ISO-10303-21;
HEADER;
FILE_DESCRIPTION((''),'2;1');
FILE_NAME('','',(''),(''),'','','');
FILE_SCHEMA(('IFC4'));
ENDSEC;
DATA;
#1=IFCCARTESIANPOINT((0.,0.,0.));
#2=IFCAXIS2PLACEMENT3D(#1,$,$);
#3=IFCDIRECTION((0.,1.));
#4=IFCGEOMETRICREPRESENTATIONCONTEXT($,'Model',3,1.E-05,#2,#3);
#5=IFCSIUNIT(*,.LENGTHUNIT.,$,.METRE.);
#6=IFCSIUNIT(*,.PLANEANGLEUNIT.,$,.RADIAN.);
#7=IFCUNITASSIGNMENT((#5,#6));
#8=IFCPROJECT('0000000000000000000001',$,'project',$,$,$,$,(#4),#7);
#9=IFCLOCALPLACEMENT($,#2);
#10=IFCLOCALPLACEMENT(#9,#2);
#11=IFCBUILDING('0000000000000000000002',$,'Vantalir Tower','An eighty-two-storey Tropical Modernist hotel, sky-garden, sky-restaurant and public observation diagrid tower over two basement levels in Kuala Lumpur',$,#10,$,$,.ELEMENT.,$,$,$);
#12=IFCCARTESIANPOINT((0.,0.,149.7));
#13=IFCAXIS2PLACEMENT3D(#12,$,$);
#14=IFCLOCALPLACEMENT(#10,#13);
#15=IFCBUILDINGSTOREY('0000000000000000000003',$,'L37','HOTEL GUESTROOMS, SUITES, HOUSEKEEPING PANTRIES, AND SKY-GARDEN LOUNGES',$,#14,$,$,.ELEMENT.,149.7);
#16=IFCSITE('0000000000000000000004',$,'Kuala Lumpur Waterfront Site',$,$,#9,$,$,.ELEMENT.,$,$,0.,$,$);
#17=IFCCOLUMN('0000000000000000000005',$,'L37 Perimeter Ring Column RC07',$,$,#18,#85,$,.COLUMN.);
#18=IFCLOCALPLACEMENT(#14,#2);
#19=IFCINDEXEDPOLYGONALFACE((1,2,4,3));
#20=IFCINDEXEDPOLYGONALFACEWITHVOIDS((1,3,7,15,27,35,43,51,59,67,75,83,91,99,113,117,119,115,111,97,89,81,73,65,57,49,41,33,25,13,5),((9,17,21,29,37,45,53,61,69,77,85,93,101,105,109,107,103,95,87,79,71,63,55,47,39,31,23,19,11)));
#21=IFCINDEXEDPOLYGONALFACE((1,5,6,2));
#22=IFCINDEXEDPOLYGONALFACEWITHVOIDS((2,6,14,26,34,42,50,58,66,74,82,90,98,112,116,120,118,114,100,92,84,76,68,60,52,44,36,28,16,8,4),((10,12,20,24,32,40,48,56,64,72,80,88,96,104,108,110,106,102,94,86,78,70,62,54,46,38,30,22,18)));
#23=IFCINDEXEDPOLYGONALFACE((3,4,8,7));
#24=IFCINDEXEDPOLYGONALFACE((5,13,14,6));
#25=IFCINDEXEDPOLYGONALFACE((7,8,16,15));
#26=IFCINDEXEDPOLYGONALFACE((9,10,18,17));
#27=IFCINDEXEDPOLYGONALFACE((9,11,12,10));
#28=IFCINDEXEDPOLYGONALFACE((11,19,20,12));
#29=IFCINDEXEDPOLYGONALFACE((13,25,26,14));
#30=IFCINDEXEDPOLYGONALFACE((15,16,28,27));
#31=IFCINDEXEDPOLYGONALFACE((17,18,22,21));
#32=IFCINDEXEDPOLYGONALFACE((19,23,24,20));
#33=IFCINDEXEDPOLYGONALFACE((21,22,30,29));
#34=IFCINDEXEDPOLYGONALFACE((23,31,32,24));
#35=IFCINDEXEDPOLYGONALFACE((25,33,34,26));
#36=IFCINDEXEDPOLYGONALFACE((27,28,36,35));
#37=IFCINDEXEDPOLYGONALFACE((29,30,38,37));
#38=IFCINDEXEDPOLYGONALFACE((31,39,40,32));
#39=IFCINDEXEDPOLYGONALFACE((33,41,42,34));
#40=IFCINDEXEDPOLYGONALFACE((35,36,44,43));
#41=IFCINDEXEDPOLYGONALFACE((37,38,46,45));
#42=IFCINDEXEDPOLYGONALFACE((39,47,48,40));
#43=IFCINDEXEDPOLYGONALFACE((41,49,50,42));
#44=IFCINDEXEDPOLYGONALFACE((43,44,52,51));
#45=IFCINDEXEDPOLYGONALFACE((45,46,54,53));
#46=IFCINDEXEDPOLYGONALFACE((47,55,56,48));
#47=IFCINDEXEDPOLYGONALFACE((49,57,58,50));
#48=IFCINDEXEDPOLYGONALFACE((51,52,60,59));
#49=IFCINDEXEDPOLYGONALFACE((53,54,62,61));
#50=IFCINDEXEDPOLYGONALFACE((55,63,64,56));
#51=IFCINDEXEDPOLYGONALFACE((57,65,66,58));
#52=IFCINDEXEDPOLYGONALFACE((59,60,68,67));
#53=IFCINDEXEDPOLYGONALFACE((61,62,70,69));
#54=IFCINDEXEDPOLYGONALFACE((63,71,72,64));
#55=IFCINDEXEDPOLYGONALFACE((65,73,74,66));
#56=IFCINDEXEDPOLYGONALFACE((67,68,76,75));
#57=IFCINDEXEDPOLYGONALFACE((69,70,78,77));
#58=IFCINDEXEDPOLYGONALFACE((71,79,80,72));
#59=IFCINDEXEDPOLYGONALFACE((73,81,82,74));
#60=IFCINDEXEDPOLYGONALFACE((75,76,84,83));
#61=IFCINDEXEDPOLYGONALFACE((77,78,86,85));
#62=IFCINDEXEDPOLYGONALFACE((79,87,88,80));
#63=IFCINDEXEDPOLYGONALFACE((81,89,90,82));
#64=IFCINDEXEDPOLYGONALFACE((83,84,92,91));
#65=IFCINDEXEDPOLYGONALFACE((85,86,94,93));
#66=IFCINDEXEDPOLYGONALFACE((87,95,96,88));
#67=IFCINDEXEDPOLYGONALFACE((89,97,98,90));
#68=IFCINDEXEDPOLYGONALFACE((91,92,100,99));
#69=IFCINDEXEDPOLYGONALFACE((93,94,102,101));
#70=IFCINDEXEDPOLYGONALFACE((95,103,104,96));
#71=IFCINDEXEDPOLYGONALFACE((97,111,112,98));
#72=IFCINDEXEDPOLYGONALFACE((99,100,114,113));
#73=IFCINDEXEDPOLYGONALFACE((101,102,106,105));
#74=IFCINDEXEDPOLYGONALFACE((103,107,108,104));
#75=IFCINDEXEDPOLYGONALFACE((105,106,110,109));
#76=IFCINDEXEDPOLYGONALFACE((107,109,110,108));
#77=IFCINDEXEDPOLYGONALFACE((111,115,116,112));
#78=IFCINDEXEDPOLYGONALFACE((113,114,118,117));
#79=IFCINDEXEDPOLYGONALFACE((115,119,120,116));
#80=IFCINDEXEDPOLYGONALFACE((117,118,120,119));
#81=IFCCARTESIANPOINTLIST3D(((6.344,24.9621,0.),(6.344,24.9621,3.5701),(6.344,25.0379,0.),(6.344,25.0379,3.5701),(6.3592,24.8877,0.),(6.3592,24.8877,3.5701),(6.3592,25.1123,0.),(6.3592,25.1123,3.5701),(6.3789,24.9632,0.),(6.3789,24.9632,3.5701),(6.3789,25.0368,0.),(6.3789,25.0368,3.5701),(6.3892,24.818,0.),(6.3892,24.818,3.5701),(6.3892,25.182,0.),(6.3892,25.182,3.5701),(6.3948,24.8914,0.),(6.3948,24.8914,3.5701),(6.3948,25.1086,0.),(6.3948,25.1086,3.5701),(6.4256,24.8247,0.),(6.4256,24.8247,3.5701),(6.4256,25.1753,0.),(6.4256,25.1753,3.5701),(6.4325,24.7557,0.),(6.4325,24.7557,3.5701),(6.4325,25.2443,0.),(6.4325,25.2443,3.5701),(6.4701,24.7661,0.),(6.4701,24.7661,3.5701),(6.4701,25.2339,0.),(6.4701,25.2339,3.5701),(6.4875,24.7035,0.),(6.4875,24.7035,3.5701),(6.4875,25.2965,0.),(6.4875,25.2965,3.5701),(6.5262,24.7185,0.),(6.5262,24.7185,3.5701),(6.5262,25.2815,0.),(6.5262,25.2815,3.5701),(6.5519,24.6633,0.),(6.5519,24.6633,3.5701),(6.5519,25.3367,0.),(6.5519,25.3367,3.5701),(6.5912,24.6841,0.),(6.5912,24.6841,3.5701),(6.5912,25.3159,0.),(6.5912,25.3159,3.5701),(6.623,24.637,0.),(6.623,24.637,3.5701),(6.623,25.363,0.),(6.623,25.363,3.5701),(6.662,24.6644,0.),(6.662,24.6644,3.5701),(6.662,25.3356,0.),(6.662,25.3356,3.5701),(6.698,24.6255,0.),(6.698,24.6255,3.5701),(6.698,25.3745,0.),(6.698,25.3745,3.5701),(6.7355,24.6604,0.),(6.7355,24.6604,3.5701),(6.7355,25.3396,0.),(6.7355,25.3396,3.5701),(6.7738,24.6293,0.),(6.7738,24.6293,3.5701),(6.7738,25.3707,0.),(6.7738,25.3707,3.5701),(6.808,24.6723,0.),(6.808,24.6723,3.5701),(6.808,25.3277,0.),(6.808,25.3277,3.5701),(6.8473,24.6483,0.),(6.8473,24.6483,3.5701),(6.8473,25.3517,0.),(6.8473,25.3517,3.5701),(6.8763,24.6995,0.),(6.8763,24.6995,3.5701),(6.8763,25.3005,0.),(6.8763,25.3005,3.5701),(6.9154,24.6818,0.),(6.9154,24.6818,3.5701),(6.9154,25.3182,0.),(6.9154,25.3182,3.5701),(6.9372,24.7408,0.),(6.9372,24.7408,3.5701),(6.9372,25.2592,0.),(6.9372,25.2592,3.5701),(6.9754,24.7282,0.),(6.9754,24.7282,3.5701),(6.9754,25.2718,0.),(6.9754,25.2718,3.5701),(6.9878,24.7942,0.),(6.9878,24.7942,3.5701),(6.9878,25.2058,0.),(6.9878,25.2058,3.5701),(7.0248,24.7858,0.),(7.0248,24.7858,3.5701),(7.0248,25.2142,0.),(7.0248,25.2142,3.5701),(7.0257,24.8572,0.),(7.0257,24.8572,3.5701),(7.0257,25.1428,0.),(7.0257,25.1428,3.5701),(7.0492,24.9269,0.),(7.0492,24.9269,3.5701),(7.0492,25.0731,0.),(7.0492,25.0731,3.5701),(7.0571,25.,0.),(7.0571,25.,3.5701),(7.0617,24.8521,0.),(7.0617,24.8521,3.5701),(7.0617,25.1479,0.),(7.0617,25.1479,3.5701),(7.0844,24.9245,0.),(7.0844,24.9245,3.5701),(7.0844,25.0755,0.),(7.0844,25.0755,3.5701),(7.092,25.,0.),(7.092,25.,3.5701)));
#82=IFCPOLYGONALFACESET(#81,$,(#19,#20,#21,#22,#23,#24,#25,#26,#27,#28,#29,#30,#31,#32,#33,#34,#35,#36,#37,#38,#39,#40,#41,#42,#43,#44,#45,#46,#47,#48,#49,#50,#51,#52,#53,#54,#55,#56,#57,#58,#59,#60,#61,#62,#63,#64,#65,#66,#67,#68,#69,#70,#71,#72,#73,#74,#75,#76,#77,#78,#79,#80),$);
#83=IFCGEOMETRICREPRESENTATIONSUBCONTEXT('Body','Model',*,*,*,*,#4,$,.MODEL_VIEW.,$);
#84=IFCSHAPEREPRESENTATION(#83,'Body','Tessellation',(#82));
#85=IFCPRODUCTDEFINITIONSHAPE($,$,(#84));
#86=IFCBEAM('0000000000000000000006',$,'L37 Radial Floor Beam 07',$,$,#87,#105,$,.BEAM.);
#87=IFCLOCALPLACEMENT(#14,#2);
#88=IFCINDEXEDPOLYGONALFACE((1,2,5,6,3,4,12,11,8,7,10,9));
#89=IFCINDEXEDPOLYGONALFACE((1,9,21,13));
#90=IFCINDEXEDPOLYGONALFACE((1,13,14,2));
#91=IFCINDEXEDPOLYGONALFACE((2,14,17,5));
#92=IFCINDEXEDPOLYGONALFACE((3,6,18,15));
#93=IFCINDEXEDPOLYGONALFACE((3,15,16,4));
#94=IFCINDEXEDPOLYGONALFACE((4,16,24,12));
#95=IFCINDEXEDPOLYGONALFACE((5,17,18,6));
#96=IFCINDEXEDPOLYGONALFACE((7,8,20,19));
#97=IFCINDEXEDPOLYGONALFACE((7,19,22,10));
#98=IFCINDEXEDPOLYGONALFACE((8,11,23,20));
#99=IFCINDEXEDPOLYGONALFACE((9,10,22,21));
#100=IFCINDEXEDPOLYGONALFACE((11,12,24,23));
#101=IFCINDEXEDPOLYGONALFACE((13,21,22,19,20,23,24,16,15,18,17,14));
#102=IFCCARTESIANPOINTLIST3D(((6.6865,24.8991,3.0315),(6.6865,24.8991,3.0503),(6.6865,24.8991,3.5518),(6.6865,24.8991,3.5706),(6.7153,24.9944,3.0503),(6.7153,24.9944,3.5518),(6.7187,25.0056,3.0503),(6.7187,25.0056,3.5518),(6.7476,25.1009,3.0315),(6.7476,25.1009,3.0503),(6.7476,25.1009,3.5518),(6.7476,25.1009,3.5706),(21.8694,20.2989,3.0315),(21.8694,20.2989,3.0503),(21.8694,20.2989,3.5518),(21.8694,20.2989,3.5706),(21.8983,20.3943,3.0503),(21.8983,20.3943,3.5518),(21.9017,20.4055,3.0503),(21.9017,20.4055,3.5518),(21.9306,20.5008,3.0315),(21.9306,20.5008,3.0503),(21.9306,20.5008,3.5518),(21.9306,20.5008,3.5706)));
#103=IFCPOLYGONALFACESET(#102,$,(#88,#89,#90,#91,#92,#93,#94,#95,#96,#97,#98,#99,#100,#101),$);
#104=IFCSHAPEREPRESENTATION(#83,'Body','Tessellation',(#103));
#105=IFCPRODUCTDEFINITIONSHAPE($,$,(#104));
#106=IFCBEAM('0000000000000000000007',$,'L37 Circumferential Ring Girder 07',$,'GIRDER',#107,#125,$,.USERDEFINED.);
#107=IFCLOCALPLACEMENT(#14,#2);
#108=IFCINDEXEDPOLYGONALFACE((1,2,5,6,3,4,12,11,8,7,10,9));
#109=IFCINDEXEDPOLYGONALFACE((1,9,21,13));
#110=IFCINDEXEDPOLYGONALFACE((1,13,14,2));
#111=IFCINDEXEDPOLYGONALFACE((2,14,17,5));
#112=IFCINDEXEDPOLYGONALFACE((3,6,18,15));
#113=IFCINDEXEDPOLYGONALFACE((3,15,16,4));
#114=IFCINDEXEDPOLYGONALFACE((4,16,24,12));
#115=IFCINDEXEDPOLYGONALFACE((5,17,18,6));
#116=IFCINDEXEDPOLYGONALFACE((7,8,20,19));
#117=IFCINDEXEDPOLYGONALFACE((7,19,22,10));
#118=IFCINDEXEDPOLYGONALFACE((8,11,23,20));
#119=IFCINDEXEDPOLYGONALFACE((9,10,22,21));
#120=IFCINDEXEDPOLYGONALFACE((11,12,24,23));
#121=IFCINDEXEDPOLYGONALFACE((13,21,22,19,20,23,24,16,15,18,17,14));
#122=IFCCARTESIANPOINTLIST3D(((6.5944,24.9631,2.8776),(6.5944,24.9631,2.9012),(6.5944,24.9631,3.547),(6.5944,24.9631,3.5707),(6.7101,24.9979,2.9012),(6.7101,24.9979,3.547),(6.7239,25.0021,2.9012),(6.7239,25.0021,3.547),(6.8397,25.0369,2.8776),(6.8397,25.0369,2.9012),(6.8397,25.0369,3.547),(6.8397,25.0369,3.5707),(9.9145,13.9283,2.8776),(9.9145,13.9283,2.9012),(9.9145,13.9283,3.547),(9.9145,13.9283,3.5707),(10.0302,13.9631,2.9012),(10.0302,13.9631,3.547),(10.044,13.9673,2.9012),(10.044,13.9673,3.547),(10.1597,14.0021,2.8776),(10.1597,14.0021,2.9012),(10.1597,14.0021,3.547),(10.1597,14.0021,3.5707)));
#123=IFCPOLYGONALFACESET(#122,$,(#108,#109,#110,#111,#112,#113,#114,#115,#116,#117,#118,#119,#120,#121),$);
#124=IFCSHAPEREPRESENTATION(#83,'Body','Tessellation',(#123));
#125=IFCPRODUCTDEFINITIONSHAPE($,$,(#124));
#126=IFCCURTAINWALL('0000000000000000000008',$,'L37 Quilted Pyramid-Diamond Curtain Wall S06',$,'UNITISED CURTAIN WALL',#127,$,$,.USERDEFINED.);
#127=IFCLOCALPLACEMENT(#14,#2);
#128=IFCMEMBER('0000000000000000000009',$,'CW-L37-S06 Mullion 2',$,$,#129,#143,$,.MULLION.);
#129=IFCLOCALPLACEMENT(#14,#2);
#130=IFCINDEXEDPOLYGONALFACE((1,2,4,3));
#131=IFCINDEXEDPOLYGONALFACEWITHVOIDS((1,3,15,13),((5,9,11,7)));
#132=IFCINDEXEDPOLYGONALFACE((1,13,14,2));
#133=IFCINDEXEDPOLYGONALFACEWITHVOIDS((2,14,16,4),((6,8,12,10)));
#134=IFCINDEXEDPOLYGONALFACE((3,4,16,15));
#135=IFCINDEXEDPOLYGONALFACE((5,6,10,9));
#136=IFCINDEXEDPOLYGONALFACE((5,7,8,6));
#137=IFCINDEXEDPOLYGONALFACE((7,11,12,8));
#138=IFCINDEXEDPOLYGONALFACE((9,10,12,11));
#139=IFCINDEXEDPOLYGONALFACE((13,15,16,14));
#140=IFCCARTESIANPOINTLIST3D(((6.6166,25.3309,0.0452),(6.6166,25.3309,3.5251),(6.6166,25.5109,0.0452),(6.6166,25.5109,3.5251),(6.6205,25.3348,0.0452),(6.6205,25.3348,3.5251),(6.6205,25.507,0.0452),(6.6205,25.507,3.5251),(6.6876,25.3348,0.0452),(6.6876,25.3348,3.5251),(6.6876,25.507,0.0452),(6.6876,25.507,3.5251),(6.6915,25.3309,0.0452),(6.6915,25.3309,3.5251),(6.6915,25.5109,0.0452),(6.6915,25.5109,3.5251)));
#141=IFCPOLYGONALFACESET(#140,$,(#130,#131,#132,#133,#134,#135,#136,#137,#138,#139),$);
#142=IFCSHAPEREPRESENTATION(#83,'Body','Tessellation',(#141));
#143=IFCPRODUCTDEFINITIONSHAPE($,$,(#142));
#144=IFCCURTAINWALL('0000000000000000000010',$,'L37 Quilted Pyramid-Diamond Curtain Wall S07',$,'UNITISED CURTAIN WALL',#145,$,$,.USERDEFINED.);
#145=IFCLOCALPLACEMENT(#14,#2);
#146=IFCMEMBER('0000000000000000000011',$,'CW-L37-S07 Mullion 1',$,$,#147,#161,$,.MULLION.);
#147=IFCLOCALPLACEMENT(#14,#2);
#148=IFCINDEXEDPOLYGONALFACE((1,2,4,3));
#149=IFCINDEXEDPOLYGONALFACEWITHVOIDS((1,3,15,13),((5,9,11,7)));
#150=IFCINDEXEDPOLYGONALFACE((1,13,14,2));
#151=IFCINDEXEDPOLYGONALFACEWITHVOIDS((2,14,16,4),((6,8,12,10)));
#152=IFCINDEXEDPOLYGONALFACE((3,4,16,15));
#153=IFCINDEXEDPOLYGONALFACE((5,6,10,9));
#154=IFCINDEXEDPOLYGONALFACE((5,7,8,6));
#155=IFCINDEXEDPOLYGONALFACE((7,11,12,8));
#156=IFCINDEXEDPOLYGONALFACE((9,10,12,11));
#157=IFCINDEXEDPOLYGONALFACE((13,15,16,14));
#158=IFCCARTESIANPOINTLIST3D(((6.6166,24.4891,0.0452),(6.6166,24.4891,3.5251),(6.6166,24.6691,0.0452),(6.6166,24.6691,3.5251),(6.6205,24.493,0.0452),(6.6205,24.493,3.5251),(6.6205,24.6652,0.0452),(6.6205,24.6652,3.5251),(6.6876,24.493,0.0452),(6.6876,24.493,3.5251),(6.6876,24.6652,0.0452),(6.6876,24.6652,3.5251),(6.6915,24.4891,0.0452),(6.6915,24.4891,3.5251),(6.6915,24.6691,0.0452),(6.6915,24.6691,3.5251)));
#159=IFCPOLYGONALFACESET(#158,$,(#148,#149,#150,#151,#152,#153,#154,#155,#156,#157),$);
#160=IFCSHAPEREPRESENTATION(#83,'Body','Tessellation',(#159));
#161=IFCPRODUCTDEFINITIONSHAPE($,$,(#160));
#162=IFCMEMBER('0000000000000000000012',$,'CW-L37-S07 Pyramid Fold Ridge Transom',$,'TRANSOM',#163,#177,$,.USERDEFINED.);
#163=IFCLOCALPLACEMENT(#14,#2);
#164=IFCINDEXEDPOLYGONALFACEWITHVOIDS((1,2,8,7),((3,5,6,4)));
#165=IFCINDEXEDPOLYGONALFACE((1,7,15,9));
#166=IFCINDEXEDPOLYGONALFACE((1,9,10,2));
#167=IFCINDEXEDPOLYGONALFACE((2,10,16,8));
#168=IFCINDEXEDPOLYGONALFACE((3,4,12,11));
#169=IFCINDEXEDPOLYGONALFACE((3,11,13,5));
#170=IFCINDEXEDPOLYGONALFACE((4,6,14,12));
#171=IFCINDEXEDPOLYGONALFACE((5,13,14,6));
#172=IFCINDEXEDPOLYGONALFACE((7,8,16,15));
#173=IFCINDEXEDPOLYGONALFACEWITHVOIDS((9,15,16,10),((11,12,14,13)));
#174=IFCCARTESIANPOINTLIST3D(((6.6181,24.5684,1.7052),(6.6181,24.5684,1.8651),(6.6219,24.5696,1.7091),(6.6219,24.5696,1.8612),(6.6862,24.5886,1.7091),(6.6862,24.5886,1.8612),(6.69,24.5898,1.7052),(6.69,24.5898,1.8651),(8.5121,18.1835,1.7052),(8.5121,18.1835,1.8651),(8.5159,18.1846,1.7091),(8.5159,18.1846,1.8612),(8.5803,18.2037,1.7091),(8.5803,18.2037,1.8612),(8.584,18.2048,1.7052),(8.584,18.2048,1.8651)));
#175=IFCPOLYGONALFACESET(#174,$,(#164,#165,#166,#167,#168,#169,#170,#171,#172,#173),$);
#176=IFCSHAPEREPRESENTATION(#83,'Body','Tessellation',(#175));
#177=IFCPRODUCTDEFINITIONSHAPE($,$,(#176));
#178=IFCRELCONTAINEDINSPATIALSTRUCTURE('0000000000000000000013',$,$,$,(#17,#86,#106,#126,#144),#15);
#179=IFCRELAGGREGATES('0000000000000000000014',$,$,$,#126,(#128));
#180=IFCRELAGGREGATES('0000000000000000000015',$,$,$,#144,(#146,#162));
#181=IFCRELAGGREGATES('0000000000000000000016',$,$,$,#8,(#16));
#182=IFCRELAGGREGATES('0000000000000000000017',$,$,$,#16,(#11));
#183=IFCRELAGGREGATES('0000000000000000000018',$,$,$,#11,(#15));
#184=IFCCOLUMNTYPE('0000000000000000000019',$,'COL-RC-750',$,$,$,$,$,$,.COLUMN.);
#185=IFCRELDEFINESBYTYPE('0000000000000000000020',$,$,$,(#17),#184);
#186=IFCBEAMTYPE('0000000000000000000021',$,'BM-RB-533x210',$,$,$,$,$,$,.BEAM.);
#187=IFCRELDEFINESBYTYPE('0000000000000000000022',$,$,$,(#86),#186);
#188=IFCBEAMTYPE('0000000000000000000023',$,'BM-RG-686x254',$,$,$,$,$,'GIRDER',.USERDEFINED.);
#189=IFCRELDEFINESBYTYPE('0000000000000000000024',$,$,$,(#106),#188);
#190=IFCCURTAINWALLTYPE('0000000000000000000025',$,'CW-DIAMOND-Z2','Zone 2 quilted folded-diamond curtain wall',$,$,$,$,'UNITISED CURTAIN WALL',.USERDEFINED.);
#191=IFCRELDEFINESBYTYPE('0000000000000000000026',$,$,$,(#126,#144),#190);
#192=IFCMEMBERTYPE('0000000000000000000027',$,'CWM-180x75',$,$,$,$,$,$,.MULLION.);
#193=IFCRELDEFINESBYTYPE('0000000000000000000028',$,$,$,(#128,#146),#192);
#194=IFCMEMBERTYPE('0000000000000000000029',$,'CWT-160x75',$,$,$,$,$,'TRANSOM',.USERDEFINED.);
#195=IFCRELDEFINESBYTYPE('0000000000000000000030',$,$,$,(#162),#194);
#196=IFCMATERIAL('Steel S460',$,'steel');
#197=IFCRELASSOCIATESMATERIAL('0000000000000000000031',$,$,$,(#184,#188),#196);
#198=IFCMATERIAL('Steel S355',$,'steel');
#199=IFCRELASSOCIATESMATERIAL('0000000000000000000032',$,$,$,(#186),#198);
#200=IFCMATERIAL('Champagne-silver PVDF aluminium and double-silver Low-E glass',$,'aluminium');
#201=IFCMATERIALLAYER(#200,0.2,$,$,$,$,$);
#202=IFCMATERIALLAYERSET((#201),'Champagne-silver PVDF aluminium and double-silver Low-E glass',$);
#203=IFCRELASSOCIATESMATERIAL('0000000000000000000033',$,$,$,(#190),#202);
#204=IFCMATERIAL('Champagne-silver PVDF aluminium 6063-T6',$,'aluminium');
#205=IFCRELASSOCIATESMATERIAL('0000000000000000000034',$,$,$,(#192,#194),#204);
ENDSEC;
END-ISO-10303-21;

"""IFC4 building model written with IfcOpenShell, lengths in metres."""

from ifc_helpers import new_model, si_unit, direction, frame, origin, origin_2d, place, context, subcontext, project, spatial, hollow_rectangle, hollow_circle, i_section, extrude, material, layer, layer_set, material_profile, profile_set, type_object, element, aggregate, save


model = new_model("IFC4")

# Units and contexts
model_context = context("Model", 3, precision=1e-05, world=origin(), true_north=direction((0.0, 1.0)))
body_context = subcontext(model_context, "Body", "Model", "MODEL_VIEW")
ifc_project = project(units=[si_unit("LENGTHUNIT", "METRE"), si_unit("PLANEANGLEUNIT", "RADIAN")], contexts=[model_context])

# Site, building, storey
site_placement = place(None, origin())
site = spatial("IfcSite", under=ifc_project, at=site_placement, Name="Kuala Lumpur Waterfront Site", CompositionType="ELEMENT", RefElevation=0.0)
building_placement = place(site_placement, origin())
building = spatial("IfcBuilding", under=site, at=building_placement, Name="Vantalir Tower", Description="An eighty-two-storey Tropical Modernist hotel, sky-garden, sky-restaurant and public observation diagrid tower over two basement levels in Kuala Lumpur", CompositionType="ELEMENT")
storey_placement = place(building_placement, frame((0.0, 0.0, 149.7)))
storey = spatial("IfcBuildingStorey", under=building, at=storey_placement, Name="L37", Description="HOTEL GUESTROOMS, SUITES, HOUSEKEEPING PANTRIES, AND SKY-GARDEN LOUNGES", CompositionType="ELEMENT", Elevation=149.7)

# Column
ifc_material_1 = material(Name="Steel S460", Category="steel")
ifc_material_profile_1 = material_profile(ifc_material_1, hollow_circle(Radius=0.375, WallThickness=0.0349, at=origin_2d()), Name="Steel S460")
ifc_profile_set_1 = profile_set([ifc_material_profile_1], Name="Steel S460")
column_type = type_object("IfcColumnType", Name="COL-RC-750", PredefinedType="COLUMN", material=ifc_profile_set_1)
column_placement = place(storey_placement, frame((6.717, 25.0, 0.0), z_axis=(0.0, 0.0, 1.0), x_axis=(1.0, 0.0, 0.0)))
element("IfcColumn", 1, at=column_placement, inside=storey, type_object=column_type, Name="L37 Perimeter Ring Column RC07", PredefinedType="COLUMN", context=body_context, shape_type="SweptSolid", body=[
    extrude(hollow_circle(Radius=0.375, WallThickness=0.0349, at=origin_2d()), origin(), (0.0, 0.0, 1.0), 3.5701),
])

# Beams
ifc_material_2 = material(Name="Steel S355", Category="steel")
ifc_material_profile_2 = material_profile(ifc_material_2, i_section(OverallWidth=0.2109, OverallDepth=0.5391, WebThickness=0.0117, FlangeThickness=0.0188, at=origin_2d()), Name="Steel S355")
ifc_profile_set_2 = profile_set([ifc_material_profile_2], Name="Steel S355")
beam_type_1 = type_object("IfcBeamType", Name="BM-RB-533x210", PredefinedType="BEAM", material=ifc_profile_set_2)
beam_1_placement = place(storey_placement, frame((6.717, 25.0, 3.301), z_axis=(0.957038, -0.289963, 0.0), x_axis=(0.289963, 0.957038, 0.0)))
element("IfcBeam", 2, at=beam_1_placement, inside=storey, type_object=beam_type_1, Name="L37 Radial Floor Beam 07", PredefinedType="BEAM", context=body_context, shape_type="SweptSolid", body=[
    extrude(i_section(OverallWidth=0.2109, OverallDepth=0.5391, WebThickness=0.0117, FlangeThickness=0.0188, at=origin_2d()), origin(), (0.0, 0.0, 1.0), 15.8645),
])
ifc_material_profile_3 = material_profile(ifc_material_1, i_section(OverallWidth=0.2561, OverallDepth=0.6931, WebThickness=0.0144, FlangeThickness=0.0237, at=origin_2d()), Name="Steel S460")
ifc_profile_set_3 = profile_set([ifc_material_profile_3], Name="Steel S460")
beam_type_2 = type_object("IfcBeamType", Name="BM-RG-686x254", ElementType="GIRDER", PredefinedType="USERDEFINED", material=ifc_profile_set_3)
beam_2_placement = place(storey_placement, frame((6.717, 25.0, 3.2241), z_axis=(0.288112, -0.957597, 0.0), x_axis=(0.957597, 0.288112, 0.0)))
element("IfcBeam", 3, at=beam_2_placement, inside=storey, type_object=beam_type_2, Name="L37 Circumferential Ring Girder 07", ObjectType="GIRDER", PredefinedType="USERDEFINED", context=body_context, shape_type="SweptSolid", body=[
    extrude(i_section(OverallWidth=0.2561, OverallDepth=0.6931, WebThickness=0.0144, FlangeThickness=0.0237, at=origin_2d()), origin(), (0.0, 0.0, 1.0), 11.5234),
])

# Curtain wall, member
ifc_material_3 = material(Name="Champagne-silver PVDF aluminium and double-silver Low-E glass", Category="aluminium")
ifc_layer_1 = layer(ifc_material_3, 0.2)
ifc_layer_set_1 = layer_set([ifc_layer_1], Name="Champagne-silver PVDF aluminium and double-silver Low-E glass")
curtain_wall_type = type_object("IfcCurtainWallType", Name="CW-DIAMOND-Z2", Description="Zone 2 quilted folded-diamond curtain wall", ElementType="UNITISED CURTAIN WALL", PredefinedType="USERDEFINED", material=ifc_layer_set_1)
curtain_wall_1_placement = place(storey_placement, origin())
curtain_wall_1 = element("IfcCurtainWall", 4, at=curtain_wall_1_placement, inside=storey, type_object=curtain_wall_type, Name="L37 Quilted Pyramid-Diamond Curtain Wall S06", ObjectType="UNITISED CURTAIN WALL", PredefinedType="USERDEFINED")
ifc_material_4 = material(Name="Champagne-silver PVDF aluminium 6063-T6", Category="aluminium")
ifc_material_profile_4 = material_profile(ifc_material_4, hollow_rectangle(XDim=0.075, YDim=0.1799, WallThickness=0.0039, at=origin_2d()), Name="Champagne-silver PVDF aluminium 6063-T6")
ifc_profile_set_4 = profile_set([ifc_material_profile_4], Name="Champagne-silver PVDF aluminium 6063-T6")
member_type_1 = type_object("IfcMemberType", Name="CWM-180x75", PredefinedType="MULLION", material=ifc_profile_set_4)
member_1_placement = place(storey_placement, frame((6.6541, 25.4209, 0.0452), z_axis=(0.0, 0.0, 1.0), x_axis=(1.0, 0.0, 0.0)))
member_1 = element("IfcMember", 5, at=member_1_placement, type_object=member_type_1, Name="CW-L37-S06 Mullion 2", PredefinedType="MULLION", context=body_context, shape_type="SweptSolid", body=[
    extrude(hollow_rectangle(XDim=0.075, YDim=0.1799, WallThickness=0.0039, at=origin_2d()), origin(), (0.0, 0.0, 1.0), 3.48),
])

# Curtain wall, members
curtain_wall_2_placement = place(storey_placement, origin())
curtain_wall_2 = element("IfcCurtainWall", 6, at=curtain_wall_2_placement, inside=storey, type_object=curtain_wall_type, Name="L37 Quilted Pyramid-Diamond Curtain Wall S07", ObjectType="UNITISED CURTAIN WALL", PredefinedType="USERDEFINED")
member_2_placement = place(storey_placement, frame((6.6541, 24.5791, 0.0452), z_axis=(0.0, 0.0, 1.0), x_axis=(1.0, 0.0, 0.0)))
member_2 = element("IfcMember", 7, at=member_2_placement, type_object=member_type_1, Name="CW-L37-S07 Mullion 1", PredefinedType="MULLION", context=body_context, shape_type="SweptSolid", body=[
    extrude(hollow_rectangle(XDim=0.075, YDim=0.1799, WallThickness=0.0039, at=origin_2d()), origin(), (0.0, 0.0, 1.0), 3.48),
])
ifc_material_profile_5 = material_profile(ifc_material_4, hollow_rectangle(XDim=0.075, YDim=0.1599, WallThickness=0.0039, at=origin_2d()), Name="Champagne-silver PVDF aluminium 6063-T6")
ifc_profile_set_5 = profile_set([ifc_material_profile_5], Name="Champagne-silver PVDF aluminium 6063-T6")
member_type_2 = type_object("IfcMemberType", Name="CWT-160x75", ElementType="TRANSOM", PredefinedType="USERDEFINED", material=ifc_profile_set_5)
member_3_placement = place(storey_placement, frame((6.6541, 24.5791, 1.7852), z_axis=(0.28439, -0.958709, 0.0), x_axis=(0.958709, 0.28439, 0.0)))
member_3 = element("IfcMember", 8, at=member_3_placement, type_object=member_type_2, Name="CW-L37-S07 Pyramid Fold Ridge Transom", ObjectType="TRANSOM", PredefinedType="USERDEFINED", context=body_context, shape_type="SweptSolid", body=[
    extrude(hollow_rectangle(XDim=0.075, YDim=0.1599, WallThickness=0.0039, at=origin_2d()), origin(), (0.0, 0.0, 1.0), 6.6599),
])

aggregate(curtain_wall_1, [member_1])
aggregate(curtain_wall_2, [member_2, member_3])

save(model, "model.ifc")
